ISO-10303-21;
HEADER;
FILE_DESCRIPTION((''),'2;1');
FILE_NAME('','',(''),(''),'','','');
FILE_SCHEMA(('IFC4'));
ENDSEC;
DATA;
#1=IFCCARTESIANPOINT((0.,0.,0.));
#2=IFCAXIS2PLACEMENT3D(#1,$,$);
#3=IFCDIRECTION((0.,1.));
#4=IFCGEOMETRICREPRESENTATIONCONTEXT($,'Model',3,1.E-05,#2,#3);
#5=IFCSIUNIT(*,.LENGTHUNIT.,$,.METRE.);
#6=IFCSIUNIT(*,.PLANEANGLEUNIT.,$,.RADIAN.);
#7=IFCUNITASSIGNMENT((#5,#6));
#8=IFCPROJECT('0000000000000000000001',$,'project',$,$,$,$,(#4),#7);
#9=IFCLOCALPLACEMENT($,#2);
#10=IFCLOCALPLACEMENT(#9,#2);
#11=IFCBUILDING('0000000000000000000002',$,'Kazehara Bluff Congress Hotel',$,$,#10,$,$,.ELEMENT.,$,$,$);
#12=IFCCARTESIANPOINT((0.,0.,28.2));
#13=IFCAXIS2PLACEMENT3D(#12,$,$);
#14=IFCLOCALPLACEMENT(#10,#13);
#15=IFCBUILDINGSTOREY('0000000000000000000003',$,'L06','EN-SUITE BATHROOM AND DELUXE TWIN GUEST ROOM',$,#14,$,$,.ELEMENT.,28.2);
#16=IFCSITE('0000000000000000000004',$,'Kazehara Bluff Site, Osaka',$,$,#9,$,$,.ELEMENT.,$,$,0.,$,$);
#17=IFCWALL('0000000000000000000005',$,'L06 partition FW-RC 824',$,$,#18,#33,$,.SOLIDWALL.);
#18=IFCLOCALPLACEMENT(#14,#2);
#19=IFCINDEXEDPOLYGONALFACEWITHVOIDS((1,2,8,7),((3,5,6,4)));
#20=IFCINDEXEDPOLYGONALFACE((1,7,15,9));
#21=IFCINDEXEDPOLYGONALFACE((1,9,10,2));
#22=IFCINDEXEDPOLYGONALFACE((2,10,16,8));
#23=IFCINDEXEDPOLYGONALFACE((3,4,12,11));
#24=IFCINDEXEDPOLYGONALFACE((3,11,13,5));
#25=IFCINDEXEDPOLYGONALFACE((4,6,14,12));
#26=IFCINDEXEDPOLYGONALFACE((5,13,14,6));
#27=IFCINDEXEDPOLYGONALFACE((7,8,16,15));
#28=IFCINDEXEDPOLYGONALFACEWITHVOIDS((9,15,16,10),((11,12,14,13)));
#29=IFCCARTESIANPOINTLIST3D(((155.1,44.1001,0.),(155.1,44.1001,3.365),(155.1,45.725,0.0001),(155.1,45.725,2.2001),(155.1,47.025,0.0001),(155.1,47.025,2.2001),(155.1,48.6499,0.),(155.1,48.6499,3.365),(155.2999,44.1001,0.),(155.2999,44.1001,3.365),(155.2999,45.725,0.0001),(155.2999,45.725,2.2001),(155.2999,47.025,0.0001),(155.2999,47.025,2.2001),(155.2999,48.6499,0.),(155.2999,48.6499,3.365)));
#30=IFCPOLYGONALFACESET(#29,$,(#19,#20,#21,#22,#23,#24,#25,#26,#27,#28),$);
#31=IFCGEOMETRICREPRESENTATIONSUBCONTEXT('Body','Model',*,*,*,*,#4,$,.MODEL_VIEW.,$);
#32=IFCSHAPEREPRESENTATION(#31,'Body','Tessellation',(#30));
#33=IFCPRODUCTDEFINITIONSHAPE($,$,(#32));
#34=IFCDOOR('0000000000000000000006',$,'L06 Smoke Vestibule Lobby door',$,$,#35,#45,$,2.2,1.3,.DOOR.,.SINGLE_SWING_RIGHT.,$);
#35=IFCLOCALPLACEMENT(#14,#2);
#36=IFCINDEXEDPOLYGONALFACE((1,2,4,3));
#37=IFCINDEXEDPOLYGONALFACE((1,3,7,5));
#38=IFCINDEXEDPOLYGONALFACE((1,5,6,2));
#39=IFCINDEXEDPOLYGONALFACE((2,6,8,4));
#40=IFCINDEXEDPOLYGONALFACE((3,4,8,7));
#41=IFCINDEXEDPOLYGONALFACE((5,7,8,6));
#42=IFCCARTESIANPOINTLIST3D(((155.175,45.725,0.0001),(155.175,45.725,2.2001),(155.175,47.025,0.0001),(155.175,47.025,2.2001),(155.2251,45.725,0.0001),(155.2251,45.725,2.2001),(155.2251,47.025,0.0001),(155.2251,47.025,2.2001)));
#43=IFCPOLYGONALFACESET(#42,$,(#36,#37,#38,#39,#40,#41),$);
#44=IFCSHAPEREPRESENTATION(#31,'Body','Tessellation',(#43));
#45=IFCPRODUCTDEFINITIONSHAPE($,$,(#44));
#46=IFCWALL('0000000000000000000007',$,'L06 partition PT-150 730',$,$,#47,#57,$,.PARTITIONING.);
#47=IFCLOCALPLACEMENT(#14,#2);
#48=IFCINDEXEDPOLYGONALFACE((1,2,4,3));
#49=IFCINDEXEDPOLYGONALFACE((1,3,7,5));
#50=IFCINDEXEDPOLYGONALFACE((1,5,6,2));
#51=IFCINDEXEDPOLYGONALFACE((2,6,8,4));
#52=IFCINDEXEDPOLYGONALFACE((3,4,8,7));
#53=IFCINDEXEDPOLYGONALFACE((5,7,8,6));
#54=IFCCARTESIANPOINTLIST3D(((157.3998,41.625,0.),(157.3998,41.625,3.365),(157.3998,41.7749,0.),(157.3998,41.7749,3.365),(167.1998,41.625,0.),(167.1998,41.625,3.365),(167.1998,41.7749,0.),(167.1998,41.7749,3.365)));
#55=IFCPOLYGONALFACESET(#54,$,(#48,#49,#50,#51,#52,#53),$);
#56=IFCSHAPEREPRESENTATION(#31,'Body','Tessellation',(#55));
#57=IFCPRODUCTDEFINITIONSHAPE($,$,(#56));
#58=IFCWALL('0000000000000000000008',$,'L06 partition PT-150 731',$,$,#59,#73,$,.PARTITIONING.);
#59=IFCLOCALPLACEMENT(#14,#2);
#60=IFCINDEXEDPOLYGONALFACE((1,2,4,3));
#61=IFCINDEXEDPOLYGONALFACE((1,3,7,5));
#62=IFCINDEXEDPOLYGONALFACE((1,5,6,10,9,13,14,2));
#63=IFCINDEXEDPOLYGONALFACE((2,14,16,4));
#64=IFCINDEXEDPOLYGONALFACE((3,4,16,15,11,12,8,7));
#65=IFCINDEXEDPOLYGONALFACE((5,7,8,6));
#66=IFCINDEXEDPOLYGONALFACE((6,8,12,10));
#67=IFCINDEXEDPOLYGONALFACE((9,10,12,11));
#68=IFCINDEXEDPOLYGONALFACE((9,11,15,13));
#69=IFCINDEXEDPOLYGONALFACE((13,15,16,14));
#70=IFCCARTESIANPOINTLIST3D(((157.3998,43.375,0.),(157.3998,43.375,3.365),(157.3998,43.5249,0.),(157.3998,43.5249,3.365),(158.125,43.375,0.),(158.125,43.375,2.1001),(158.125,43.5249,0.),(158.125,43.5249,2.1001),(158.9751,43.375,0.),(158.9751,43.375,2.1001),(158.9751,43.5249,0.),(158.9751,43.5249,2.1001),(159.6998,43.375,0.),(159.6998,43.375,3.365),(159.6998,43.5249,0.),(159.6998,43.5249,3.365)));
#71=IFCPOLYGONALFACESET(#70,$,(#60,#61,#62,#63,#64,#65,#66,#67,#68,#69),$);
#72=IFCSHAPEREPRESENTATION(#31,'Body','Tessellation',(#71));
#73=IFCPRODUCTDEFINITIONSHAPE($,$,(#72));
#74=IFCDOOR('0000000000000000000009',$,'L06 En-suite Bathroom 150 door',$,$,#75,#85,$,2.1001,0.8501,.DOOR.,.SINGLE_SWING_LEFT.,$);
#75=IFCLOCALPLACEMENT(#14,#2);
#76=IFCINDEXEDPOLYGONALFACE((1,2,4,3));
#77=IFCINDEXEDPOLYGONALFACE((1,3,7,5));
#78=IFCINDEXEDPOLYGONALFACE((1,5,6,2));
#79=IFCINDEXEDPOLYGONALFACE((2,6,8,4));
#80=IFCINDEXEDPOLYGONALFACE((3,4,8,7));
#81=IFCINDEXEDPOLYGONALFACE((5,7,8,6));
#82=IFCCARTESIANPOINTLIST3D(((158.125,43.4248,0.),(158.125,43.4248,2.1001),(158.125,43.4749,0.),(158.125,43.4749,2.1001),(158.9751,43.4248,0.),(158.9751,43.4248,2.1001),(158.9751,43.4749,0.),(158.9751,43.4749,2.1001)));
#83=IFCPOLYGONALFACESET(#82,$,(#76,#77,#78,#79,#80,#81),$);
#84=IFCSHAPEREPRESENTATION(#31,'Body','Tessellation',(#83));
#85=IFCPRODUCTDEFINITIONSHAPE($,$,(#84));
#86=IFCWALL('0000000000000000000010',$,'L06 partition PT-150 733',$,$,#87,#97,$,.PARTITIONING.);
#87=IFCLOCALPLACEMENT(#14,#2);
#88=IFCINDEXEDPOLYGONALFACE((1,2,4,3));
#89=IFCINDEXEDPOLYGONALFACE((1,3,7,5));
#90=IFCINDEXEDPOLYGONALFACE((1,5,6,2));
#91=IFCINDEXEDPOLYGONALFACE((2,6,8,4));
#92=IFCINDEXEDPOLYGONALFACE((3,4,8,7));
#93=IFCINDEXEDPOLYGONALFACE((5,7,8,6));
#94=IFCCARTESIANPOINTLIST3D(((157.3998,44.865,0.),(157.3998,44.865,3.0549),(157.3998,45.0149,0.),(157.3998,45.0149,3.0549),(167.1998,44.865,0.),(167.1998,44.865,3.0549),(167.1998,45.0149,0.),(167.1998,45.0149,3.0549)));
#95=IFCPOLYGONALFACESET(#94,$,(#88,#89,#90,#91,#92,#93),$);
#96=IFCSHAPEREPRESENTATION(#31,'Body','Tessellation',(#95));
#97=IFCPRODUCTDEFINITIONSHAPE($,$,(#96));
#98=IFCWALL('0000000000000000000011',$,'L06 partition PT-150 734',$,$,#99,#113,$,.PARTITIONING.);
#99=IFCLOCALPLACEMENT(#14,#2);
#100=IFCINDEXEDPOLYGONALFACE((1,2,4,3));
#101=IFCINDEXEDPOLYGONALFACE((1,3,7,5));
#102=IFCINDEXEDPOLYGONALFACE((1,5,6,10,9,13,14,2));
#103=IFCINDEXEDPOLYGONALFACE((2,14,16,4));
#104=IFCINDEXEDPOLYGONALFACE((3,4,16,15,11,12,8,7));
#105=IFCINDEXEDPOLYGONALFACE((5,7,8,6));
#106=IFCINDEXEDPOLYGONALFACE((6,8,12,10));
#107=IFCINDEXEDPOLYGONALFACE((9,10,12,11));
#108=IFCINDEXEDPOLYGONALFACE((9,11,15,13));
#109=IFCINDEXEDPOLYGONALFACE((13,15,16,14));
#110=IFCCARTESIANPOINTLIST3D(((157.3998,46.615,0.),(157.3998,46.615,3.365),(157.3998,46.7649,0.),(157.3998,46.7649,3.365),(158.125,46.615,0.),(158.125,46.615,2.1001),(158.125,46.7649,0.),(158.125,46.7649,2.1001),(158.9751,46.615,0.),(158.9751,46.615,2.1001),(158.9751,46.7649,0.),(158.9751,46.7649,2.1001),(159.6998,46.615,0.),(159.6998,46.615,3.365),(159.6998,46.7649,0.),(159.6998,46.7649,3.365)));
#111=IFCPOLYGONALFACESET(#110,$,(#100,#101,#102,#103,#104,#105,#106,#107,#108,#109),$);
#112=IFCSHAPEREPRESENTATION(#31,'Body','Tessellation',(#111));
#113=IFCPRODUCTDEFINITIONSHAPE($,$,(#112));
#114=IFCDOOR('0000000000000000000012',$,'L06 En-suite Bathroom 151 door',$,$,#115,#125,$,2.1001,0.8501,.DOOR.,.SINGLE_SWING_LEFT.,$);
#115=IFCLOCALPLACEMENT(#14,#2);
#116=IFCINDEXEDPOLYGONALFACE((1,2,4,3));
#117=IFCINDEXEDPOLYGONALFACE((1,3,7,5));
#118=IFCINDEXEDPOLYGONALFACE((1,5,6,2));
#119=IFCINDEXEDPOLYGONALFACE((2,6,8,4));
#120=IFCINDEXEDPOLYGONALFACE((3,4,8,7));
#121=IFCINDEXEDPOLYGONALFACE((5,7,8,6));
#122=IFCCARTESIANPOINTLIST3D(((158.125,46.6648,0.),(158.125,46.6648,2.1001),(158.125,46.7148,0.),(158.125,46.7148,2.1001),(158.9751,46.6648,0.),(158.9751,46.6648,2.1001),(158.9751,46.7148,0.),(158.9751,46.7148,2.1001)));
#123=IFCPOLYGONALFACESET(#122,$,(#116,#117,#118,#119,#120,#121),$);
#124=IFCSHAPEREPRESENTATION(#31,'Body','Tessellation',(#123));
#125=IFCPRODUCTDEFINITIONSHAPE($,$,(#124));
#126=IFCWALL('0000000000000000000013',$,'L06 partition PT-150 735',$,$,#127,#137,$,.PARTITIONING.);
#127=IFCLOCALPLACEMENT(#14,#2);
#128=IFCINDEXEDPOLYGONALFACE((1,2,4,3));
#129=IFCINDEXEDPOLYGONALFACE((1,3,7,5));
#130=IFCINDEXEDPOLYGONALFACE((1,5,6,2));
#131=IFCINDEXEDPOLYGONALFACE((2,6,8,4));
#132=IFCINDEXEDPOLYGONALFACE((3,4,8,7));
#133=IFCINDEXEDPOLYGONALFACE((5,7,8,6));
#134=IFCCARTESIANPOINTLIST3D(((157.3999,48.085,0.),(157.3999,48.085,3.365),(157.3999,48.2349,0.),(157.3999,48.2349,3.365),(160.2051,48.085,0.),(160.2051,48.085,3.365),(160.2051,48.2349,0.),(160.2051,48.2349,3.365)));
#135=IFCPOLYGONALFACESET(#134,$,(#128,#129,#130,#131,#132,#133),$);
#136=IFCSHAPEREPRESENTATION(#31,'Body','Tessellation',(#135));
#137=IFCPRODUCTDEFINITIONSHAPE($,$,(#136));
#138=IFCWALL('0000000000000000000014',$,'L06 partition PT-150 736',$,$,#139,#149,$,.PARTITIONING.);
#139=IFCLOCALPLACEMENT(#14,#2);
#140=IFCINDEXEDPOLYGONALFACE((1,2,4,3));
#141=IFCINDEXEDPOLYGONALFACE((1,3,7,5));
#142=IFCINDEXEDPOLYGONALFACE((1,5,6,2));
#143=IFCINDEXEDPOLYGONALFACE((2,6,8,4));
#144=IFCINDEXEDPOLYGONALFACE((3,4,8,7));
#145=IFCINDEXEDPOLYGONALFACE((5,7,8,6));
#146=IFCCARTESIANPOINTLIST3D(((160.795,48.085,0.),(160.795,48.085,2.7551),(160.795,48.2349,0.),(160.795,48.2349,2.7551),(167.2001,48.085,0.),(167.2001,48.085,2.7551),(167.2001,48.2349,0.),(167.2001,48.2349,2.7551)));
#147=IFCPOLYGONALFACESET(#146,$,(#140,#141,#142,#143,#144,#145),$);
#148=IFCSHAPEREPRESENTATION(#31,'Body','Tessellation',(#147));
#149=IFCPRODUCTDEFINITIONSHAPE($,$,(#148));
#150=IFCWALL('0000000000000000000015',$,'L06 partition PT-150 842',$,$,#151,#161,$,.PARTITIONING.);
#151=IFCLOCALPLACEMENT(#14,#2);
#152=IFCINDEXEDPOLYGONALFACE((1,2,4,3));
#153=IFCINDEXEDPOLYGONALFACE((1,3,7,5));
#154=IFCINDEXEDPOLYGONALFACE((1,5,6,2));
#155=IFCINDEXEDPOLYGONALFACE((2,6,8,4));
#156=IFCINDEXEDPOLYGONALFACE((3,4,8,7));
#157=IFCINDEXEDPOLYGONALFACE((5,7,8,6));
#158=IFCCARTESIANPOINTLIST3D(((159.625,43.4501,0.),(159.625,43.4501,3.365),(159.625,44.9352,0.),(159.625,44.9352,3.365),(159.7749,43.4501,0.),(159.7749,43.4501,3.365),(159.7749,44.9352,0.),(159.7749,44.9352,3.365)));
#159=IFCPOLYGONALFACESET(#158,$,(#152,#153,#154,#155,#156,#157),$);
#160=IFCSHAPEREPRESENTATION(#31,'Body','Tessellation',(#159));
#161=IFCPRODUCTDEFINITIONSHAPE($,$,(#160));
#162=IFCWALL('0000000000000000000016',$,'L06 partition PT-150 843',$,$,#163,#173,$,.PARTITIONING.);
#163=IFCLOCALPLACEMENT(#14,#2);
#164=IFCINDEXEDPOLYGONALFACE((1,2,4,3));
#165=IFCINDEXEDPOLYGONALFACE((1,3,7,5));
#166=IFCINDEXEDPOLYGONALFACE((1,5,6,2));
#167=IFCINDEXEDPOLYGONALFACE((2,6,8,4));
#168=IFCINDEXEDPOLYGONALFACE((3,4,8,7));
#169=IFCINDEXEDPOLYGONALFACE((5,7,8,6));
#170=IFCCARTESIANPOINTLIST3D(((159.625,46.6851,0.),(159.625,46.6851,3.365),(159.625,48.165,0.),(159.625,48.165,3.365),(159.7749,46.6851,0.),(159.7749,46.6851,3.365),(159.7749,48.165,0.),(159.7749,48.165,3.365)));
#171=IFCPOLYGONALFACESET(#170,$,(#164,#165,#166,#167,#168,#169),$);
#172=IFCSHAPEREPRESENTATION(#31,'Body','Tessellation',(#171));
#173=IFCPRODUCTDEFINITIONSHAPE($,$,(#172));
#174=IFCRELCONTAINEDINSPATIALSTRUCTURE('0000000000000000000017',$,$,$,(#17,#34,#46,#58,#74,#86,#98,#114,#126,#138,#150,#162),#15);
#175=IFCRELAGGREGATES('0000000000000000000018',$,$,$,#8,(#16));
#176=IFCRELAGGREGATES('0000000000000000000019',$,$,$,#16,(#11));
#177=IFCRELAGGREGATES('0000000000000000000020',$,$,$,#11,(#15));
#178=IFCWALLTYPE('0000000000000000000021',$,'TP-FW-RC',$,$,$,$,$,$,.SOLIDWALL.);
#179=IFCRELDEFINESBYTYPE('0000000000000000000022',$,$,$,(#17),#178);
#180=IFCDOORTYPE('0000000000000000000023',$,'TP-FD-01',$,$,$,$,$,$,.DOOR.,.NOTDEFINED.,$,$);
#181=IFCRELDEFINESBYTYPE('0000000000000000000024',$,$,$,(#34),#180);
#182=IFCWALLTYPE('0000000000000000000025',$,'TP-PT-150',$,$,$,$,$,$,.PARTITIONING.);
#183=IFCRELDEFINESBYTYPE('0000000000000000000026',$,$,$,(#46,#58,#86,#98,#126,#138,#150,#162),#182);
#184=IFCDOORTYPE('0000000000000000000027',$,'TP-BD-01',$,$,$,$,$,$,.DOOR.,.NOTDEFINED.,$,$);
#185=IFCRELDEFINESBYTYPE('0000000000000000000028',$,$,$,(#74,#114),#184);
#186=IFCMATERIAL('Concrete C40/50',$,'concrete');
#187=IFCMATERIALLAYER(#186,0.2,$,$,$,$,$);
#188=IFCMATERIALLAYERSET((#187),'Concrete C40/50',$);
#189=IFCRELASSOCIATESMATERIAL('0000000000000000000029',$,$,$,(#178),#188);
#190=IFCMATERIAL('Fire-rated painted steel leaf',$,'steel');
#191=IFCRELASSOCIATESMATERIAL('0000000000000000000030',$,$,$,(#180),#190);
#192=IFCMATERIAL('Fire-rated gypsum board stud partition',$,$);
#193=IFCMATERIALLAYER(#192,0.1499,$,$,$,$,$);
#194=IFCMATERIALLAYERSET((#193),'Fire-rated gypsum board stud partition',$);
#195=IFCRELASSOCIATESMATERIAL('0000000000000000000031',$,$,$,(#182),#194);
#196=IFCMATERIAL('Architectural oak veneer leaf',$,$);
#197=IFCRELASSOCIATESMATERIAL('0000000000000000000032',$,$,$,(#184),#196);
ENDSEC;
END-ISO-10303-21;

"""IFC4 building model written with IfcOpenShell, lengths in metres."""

from ifc_helpers import new_model, si_unit, direction, frame, frame_2d, origin, place, context, subcontext, project, spatial, rectangle, extrude, material, layer, layer_set, type_object, element, fill, save


model = new_model("IFC4")

# Units and contexts
model_context = context("Model", 3, precision=1e-05, world=origin(), true_north=direction((0.0, 1.0)))
body_context = subcontext(model_context, "Body", "Model", "MODEL_VIEW")
ifc_project = project(units=[si_unit("LENGTHUNIT", "METRE"), si_unit("PLANEANGLEUNIT", "RADIAN")], contexts=[model_context])

# Site, building, storey
site_placement = place(None, origin())
site = spatial("IfcSite", under=ifc_project, at=site_placement, Name="Kazehara Bluff Site, Osaka", CompositionType="ELEMENT", RefElevation=0.0)
building_placement = place(site_placement, origin())
building = spatial("IfcBuilding", under=site, at=building_placement, Name="Kazehara Bluff Congress Hotel", CompositionType="ELEMENT")
storey_placement = place(building_placement, frame((0.0, 0.0, 28.2)))
storey = spatial("IfcBuildingStorey", under=building, at=storey_placement, Name="L06", Description="EN-SUITE BATHROOM AND DELUXE TWIN GUEST ROOM", CompositionType="ELEMENT", Elevation=28.2)

# Wall, opening, door
ifc_material_1 = material(Name="Concrete C40/50", Category="concrete")
ifc_layer_1 = layer(ifc_material_1, 0.2)
ifc_layer_set_1 = layer_set([ifc_layer_1], Name="Concrete C40/50")
wall_type_1 = type_object("IfcWallType", Name="TP-FW-RC", PredefinedType="SOLIDWALL", material=ifc_layer_set_1)
wall_1_placement = place(storey_placement, frame((155.2, 44.1001, 0.0), z_axis=(0.0, 0.0, 1.0), x_axis=(0.0, 1.0, 0.0)))
wall_1 = element("IfcWall", 1, at=wall_1_placement, inside=storey, type_object=wall_type_1, Name="L06 partition FW-RC 824", PredefinedType="SOLIDWALL", context=body_context, shape_type="SweptSolid", body=[
    extrude(rectangle(XDim=4.5498, YDim=0.2, at=frame_2d((2.2749, 0.0))), origin(), (0.0, 0.0, 1.0), 3.365),
])
opening_1_placement = place(wall_1_placement, frame((1.625, 0.0, 0.0)))
opening_1 = element("IfcOpeningElement", 2, at=opening_1_placement, cuts=wall_1, PredefinedType="OPENING", context=body_context, shape_type="SweptSolid", body=[
    extrude(rectangle(XDim=1.3, YDim=2.2, at=frame_2d((0.6499, 1.1001))), frame((0.0, 0.1099, 0.0), z_axis=(0.0, -1.0, 0.0), x_axis=(1.0, 0.0, 0.0)), (0.0, 0.0, 1.0), 0.22),
])
ifc_material_2 = material(Name="Fire-rated painted steel leaf", Category="steel")
door_type_1 = type_object("IfcDoorType", Name="TP-FD-01", OperationType="NOTDEFINED", PredefinedType="DOOR", material=ifc_material_2)
door_1_placement = place(opening_1_placement, origin())
door_1 = element("IfcDoor", 3, at=door_1_placement, inside=storey, type_object=door_type_1, Name="L06 Smoke Vestibule Lobby door", OperationType="SINGLE_SWING_RIGHT", OverallHeight=2.2, OverallWidth=1.3, PredefinedType="DOOR", context=body_context, shape_type="SweptSolid", body=[
    extrude(rectangle(XDim=1.3, YDim=2.2, at=frame_2d((0.6499, 1.1001))), frame((0.0, 0.0249, 0.0), z_axis=(0.0, -1.0, 0.0), x_axis=(1.0, 0.0, 0.0)), (0.0, 0.0, 1.0), 0.05),
])
fill(opening_1, door_1)

# Wall
ifc_material_3 = material(Name="Fire-rated gypsum board stud partition")
ifc_layer_2 = layer(ifc_material_3, 0.1499)
ifc_layer_set_2 = layer_set([ifc_layer_2], Name="Fire-rated gypsum board stud partition")
wall_type_2 = type_object("IfcWallType", Name="TP-PT-150", PredefinedType="PARTITIONING", material=ifc_layer_set_2)
wall_2_placement = place(storey_placement, frame((157.3999, 41.7, 0.0), z_axis=(0.0, 0.0, 1.0), x_axis=(1.0, 0.0, 0.0)))
element("IfcWall", 4, at=wall_2_placement, inside=storey, type_object=wall_type_2, Name="L06 partition PT-150 730", PredefinedType="PARTITIONING", context=body_context, shape_type="SweptSolid", body=[
    extrude(rectangle(XDim=9.8, YDim=0.1499, at=frame_2d((4.8999, 0.0))), origin(), (0.0, 0.0, 1.0), 3.365),
])

# Wall, opening, door
wall_3_placement = place(storey_placement, frame((157.3999, 43.45, 0.0), z_axis=(0.0, 0.0, 1.0), x_axis=(1.0, 0.0, 0.0)))
wall_3 = element("IfcWall", 5, at=wall_3_placement, inside=storey, type_object=wall_type_2, Name="L06 partition PT-150 731", PredefinedType="PARTITIONING", context=body_context, shape_type="SweptSolid", body=[
    extrude(rectangle(XDim=2.3, YDim=0.1499, at=frame_2d((1.1499, 0.0))), origin(), (0.0, 0.0, 1.0), 3.365),
])
opening_2_placement = place(wall_3_placement, frame((0.7251, 0.0, 0.0)))
opening_2 = element("IfcOpeningElement", 6, at=opening_2_placement, cuts=wall_3, PredefinedType="OPENING", context=body_context, shape_type="SweptSolid", body=[
    extrude(rectangle(XDim=0.8501, YDim=2.1001, at=frame_2d((0.425, 1.05))), frame((0.0, 0.085, 0.0), z_axis=(0.0, -1.0, 0.0), x_axis=(1.0, 0.0, 0.0)), (0.0, 0.0, 1.0), 0.1699),
])
ifc_material_4 = material(Name="Architectural oak veneer leaf")
door_type_2 = type_object("IfcDoorType", Name="TP-BD-01", OperationType="NOTDEFINED", PredefinedType="DOOR", material=ifc_material_4)
door_2_placement = place(opening_2_placement, origin())
door_2 = element("IfcDoor", 7, at=door_2_placement, inside=storey, type_object=door_type_2, Name="L06 En-suite Bathroom 150 door", OperationType="SINGLE_SWING_LEFT", OverallHeight=2.1001, OverallWidth=0.8501, PredefinedType="DOOR", context=body_context, shape_type="SweptSolid", body=[
    extrude(rectangle(XDim=0.8501, YDim=2.1001, at=frame_2d((0.425, 1.05))), frame((0.0, 0.0249, 0.0), z_axis=(0.0, -1.0, 0.0), x_axis=(1.0, 0.0, 0.0)), (0.0, 0.0, 1.0), 0.05),
])
fill(opening_2, door_2)

# Wall
wall_4_placement = place(storey_placement, frame((157.3999, 44.9399, 0.0), z_axis=(0.0, 0.0, 1.0), x_axis=(1.0, 0.0, 0.0)))
element("IfcWall", 8, at=wall_4_placement, inside=storey, type_object=wall_type_2, Name="L06 partition PT-150 733", PredefinedType="PARTITIONING", context=body_context, shape_type="SweptSolid", body=[
    extrude(rectangle(XDim=9.8, YDim=0.1499, at=frame_2d((4.8999, 0.0))), origin(), (0.0, 0.0, 1.0), 3.0549),
])

# Wall, opening, door
wall_5_placement = place(storey_placement, frame((157.3999, 46.6899, 0.0), z_axis=(0.0, 0.0, 1.0), x_axis=(1.0, 0.0, 0.0)))
wall_5 = element("IfcWall", 9, at=wall_5_placement, inside=storey, type_object=wall_type_2, Name="L06 partition PT-150 734", PredefinedType="PARTITIONING", context=body_context, shape_type="SweptSolid", body=[
    extrude(rectangle(XDim=2.3, YDim=0.1499, at=frame_2d((1.1499, 0.0))), origin(), (0.0, 0.0, 1.0), 3.365),
])
opening_3_placement = place(wall_5_placement, frame((0.7251, 0.0, 0.0)))
opening_3 = element("IfcOpeningElement", 10, at=opening_3_placement, cuts=wall_5, PredefinedType="OPENING", context=body_context, shape_type="SweptSolid", body=[
    extrude(rectangle(XDim=0.8501, YDim=2.1001, at=frame_2d((0.425, 1.05))), frame((0.0, 0.085, 0.0), z_axis=(0.0, -1.0, 0.0), x_axis=(1.0, 0.0, 0.0)), (0.0, 0.0, 1.0), 0.1699),
])
door_3_placement = place(opening_3_placement, origin())
door_3 = element("IfcDoor", 11, at=door_3_placement, inside=storey, type_object=door_type_2, Name="L06 En-suite Bathroom 151 door", OperationType="SINGLE_SWING_LEFT", OverallHeight=2.1001, OverallWidth=0.8501, PredefinedType="DOOR", context=body_context, shape_type="SweptSolid", body=[
    extrude(rectangle(XDim=0.8501, YDim=2.1001, at=frame_2d((0.425, 1.05))), frame((0.0, 0.0249, 0.0), z_axis=(0.0, -1.0, 0.0), x_axis=(1.0, 0.0, 0.0)), (0.0, 0.0, 1.0), 0.05),
])
fill(opening_3, door_3)

# Walls
wall_6_placement = place(storey_placement, frame((157.3999, 48.1599, 0.0), z_axis=(0.0, 0.0, 1.0), x_axis=(1.0, 0.0, 0.0)))
element("IfcWall", 12, at=wall_6_placement, inside=storey, type_object=wall_type_2, Name="L06 partition PT-150 735", PredefinedType="PARTITIONING", context=body_context, shape_type="SweptSolid", body=[
    extrude(rectangle(XDim=2.8052, YDim=0.1499, at=frame_2d((1.4026, 0.0))), origin(), (0.0, 0.0, 1.0), 3.365),
])
wall_7_placement = place(storey_placement, frame((160.7949, 48.1599, 0.0), z_axis=(0.0, 0.0, 1.0), x_axis=(1.0, 0.0, 0.0)))
element("IfcWall", 13, at=wall_7_placement, inside=storey, type_object=wall_type_2, Name="L06 partition PT-150 736", PredefinedType="PARTITIONING", context=body_context, shape_type="SweptSolid", body=[
    extrude(rectangle(XDim=6.405, YDim=0.1499, at=frame_2d((3.2026, 0.0))), origin(), (0.0, 0.0, 1.0), 2.7551),
])
wall_8_placement = place(storey_placement, frame((159.7, 43.45, 0.0), z_axis=(0.0, 0.0, 1.0), x_axis=(0.0, 1.0, 0.0)))
element("IfcWall", 14, at=wall_8_placement, inside=storey, type_object=wall_type_2, Name="L06 partition PT-150 842", PredefinedType="PARTITIONING", context=body_context, shape_type="SweptSolid", body=[
    extrude(rectangle(XDim=1.4851, YDim=0.1499, at=frame_2d((0.7427, 0.0))), origin(), (0.0, 0.0, 1.0), 3.365),
])
wall_9_placement = place(storey_placement, frame((159.7, 46.6851, 0.0), z_axis=(0.0, 0.0, 1.0), x_axis=(0.0, 1.0, 0.0)))
element("IfcWall", 15, at=wall_9_placement, inside=storey, type_object=wall_type_2, Name="L06 partition PT-150 843", PredefinedType="PARTITIONING", context=body_context, shape_type="SweptSolid", body=[
    extrude(rectangle(XDim=1.48, YDim=0.1499, at=frame_2d((0.74, 0.0))), origin(), (0.0, 0.0, 1.0), 3.365),
])

save(model, "model.ifc")
